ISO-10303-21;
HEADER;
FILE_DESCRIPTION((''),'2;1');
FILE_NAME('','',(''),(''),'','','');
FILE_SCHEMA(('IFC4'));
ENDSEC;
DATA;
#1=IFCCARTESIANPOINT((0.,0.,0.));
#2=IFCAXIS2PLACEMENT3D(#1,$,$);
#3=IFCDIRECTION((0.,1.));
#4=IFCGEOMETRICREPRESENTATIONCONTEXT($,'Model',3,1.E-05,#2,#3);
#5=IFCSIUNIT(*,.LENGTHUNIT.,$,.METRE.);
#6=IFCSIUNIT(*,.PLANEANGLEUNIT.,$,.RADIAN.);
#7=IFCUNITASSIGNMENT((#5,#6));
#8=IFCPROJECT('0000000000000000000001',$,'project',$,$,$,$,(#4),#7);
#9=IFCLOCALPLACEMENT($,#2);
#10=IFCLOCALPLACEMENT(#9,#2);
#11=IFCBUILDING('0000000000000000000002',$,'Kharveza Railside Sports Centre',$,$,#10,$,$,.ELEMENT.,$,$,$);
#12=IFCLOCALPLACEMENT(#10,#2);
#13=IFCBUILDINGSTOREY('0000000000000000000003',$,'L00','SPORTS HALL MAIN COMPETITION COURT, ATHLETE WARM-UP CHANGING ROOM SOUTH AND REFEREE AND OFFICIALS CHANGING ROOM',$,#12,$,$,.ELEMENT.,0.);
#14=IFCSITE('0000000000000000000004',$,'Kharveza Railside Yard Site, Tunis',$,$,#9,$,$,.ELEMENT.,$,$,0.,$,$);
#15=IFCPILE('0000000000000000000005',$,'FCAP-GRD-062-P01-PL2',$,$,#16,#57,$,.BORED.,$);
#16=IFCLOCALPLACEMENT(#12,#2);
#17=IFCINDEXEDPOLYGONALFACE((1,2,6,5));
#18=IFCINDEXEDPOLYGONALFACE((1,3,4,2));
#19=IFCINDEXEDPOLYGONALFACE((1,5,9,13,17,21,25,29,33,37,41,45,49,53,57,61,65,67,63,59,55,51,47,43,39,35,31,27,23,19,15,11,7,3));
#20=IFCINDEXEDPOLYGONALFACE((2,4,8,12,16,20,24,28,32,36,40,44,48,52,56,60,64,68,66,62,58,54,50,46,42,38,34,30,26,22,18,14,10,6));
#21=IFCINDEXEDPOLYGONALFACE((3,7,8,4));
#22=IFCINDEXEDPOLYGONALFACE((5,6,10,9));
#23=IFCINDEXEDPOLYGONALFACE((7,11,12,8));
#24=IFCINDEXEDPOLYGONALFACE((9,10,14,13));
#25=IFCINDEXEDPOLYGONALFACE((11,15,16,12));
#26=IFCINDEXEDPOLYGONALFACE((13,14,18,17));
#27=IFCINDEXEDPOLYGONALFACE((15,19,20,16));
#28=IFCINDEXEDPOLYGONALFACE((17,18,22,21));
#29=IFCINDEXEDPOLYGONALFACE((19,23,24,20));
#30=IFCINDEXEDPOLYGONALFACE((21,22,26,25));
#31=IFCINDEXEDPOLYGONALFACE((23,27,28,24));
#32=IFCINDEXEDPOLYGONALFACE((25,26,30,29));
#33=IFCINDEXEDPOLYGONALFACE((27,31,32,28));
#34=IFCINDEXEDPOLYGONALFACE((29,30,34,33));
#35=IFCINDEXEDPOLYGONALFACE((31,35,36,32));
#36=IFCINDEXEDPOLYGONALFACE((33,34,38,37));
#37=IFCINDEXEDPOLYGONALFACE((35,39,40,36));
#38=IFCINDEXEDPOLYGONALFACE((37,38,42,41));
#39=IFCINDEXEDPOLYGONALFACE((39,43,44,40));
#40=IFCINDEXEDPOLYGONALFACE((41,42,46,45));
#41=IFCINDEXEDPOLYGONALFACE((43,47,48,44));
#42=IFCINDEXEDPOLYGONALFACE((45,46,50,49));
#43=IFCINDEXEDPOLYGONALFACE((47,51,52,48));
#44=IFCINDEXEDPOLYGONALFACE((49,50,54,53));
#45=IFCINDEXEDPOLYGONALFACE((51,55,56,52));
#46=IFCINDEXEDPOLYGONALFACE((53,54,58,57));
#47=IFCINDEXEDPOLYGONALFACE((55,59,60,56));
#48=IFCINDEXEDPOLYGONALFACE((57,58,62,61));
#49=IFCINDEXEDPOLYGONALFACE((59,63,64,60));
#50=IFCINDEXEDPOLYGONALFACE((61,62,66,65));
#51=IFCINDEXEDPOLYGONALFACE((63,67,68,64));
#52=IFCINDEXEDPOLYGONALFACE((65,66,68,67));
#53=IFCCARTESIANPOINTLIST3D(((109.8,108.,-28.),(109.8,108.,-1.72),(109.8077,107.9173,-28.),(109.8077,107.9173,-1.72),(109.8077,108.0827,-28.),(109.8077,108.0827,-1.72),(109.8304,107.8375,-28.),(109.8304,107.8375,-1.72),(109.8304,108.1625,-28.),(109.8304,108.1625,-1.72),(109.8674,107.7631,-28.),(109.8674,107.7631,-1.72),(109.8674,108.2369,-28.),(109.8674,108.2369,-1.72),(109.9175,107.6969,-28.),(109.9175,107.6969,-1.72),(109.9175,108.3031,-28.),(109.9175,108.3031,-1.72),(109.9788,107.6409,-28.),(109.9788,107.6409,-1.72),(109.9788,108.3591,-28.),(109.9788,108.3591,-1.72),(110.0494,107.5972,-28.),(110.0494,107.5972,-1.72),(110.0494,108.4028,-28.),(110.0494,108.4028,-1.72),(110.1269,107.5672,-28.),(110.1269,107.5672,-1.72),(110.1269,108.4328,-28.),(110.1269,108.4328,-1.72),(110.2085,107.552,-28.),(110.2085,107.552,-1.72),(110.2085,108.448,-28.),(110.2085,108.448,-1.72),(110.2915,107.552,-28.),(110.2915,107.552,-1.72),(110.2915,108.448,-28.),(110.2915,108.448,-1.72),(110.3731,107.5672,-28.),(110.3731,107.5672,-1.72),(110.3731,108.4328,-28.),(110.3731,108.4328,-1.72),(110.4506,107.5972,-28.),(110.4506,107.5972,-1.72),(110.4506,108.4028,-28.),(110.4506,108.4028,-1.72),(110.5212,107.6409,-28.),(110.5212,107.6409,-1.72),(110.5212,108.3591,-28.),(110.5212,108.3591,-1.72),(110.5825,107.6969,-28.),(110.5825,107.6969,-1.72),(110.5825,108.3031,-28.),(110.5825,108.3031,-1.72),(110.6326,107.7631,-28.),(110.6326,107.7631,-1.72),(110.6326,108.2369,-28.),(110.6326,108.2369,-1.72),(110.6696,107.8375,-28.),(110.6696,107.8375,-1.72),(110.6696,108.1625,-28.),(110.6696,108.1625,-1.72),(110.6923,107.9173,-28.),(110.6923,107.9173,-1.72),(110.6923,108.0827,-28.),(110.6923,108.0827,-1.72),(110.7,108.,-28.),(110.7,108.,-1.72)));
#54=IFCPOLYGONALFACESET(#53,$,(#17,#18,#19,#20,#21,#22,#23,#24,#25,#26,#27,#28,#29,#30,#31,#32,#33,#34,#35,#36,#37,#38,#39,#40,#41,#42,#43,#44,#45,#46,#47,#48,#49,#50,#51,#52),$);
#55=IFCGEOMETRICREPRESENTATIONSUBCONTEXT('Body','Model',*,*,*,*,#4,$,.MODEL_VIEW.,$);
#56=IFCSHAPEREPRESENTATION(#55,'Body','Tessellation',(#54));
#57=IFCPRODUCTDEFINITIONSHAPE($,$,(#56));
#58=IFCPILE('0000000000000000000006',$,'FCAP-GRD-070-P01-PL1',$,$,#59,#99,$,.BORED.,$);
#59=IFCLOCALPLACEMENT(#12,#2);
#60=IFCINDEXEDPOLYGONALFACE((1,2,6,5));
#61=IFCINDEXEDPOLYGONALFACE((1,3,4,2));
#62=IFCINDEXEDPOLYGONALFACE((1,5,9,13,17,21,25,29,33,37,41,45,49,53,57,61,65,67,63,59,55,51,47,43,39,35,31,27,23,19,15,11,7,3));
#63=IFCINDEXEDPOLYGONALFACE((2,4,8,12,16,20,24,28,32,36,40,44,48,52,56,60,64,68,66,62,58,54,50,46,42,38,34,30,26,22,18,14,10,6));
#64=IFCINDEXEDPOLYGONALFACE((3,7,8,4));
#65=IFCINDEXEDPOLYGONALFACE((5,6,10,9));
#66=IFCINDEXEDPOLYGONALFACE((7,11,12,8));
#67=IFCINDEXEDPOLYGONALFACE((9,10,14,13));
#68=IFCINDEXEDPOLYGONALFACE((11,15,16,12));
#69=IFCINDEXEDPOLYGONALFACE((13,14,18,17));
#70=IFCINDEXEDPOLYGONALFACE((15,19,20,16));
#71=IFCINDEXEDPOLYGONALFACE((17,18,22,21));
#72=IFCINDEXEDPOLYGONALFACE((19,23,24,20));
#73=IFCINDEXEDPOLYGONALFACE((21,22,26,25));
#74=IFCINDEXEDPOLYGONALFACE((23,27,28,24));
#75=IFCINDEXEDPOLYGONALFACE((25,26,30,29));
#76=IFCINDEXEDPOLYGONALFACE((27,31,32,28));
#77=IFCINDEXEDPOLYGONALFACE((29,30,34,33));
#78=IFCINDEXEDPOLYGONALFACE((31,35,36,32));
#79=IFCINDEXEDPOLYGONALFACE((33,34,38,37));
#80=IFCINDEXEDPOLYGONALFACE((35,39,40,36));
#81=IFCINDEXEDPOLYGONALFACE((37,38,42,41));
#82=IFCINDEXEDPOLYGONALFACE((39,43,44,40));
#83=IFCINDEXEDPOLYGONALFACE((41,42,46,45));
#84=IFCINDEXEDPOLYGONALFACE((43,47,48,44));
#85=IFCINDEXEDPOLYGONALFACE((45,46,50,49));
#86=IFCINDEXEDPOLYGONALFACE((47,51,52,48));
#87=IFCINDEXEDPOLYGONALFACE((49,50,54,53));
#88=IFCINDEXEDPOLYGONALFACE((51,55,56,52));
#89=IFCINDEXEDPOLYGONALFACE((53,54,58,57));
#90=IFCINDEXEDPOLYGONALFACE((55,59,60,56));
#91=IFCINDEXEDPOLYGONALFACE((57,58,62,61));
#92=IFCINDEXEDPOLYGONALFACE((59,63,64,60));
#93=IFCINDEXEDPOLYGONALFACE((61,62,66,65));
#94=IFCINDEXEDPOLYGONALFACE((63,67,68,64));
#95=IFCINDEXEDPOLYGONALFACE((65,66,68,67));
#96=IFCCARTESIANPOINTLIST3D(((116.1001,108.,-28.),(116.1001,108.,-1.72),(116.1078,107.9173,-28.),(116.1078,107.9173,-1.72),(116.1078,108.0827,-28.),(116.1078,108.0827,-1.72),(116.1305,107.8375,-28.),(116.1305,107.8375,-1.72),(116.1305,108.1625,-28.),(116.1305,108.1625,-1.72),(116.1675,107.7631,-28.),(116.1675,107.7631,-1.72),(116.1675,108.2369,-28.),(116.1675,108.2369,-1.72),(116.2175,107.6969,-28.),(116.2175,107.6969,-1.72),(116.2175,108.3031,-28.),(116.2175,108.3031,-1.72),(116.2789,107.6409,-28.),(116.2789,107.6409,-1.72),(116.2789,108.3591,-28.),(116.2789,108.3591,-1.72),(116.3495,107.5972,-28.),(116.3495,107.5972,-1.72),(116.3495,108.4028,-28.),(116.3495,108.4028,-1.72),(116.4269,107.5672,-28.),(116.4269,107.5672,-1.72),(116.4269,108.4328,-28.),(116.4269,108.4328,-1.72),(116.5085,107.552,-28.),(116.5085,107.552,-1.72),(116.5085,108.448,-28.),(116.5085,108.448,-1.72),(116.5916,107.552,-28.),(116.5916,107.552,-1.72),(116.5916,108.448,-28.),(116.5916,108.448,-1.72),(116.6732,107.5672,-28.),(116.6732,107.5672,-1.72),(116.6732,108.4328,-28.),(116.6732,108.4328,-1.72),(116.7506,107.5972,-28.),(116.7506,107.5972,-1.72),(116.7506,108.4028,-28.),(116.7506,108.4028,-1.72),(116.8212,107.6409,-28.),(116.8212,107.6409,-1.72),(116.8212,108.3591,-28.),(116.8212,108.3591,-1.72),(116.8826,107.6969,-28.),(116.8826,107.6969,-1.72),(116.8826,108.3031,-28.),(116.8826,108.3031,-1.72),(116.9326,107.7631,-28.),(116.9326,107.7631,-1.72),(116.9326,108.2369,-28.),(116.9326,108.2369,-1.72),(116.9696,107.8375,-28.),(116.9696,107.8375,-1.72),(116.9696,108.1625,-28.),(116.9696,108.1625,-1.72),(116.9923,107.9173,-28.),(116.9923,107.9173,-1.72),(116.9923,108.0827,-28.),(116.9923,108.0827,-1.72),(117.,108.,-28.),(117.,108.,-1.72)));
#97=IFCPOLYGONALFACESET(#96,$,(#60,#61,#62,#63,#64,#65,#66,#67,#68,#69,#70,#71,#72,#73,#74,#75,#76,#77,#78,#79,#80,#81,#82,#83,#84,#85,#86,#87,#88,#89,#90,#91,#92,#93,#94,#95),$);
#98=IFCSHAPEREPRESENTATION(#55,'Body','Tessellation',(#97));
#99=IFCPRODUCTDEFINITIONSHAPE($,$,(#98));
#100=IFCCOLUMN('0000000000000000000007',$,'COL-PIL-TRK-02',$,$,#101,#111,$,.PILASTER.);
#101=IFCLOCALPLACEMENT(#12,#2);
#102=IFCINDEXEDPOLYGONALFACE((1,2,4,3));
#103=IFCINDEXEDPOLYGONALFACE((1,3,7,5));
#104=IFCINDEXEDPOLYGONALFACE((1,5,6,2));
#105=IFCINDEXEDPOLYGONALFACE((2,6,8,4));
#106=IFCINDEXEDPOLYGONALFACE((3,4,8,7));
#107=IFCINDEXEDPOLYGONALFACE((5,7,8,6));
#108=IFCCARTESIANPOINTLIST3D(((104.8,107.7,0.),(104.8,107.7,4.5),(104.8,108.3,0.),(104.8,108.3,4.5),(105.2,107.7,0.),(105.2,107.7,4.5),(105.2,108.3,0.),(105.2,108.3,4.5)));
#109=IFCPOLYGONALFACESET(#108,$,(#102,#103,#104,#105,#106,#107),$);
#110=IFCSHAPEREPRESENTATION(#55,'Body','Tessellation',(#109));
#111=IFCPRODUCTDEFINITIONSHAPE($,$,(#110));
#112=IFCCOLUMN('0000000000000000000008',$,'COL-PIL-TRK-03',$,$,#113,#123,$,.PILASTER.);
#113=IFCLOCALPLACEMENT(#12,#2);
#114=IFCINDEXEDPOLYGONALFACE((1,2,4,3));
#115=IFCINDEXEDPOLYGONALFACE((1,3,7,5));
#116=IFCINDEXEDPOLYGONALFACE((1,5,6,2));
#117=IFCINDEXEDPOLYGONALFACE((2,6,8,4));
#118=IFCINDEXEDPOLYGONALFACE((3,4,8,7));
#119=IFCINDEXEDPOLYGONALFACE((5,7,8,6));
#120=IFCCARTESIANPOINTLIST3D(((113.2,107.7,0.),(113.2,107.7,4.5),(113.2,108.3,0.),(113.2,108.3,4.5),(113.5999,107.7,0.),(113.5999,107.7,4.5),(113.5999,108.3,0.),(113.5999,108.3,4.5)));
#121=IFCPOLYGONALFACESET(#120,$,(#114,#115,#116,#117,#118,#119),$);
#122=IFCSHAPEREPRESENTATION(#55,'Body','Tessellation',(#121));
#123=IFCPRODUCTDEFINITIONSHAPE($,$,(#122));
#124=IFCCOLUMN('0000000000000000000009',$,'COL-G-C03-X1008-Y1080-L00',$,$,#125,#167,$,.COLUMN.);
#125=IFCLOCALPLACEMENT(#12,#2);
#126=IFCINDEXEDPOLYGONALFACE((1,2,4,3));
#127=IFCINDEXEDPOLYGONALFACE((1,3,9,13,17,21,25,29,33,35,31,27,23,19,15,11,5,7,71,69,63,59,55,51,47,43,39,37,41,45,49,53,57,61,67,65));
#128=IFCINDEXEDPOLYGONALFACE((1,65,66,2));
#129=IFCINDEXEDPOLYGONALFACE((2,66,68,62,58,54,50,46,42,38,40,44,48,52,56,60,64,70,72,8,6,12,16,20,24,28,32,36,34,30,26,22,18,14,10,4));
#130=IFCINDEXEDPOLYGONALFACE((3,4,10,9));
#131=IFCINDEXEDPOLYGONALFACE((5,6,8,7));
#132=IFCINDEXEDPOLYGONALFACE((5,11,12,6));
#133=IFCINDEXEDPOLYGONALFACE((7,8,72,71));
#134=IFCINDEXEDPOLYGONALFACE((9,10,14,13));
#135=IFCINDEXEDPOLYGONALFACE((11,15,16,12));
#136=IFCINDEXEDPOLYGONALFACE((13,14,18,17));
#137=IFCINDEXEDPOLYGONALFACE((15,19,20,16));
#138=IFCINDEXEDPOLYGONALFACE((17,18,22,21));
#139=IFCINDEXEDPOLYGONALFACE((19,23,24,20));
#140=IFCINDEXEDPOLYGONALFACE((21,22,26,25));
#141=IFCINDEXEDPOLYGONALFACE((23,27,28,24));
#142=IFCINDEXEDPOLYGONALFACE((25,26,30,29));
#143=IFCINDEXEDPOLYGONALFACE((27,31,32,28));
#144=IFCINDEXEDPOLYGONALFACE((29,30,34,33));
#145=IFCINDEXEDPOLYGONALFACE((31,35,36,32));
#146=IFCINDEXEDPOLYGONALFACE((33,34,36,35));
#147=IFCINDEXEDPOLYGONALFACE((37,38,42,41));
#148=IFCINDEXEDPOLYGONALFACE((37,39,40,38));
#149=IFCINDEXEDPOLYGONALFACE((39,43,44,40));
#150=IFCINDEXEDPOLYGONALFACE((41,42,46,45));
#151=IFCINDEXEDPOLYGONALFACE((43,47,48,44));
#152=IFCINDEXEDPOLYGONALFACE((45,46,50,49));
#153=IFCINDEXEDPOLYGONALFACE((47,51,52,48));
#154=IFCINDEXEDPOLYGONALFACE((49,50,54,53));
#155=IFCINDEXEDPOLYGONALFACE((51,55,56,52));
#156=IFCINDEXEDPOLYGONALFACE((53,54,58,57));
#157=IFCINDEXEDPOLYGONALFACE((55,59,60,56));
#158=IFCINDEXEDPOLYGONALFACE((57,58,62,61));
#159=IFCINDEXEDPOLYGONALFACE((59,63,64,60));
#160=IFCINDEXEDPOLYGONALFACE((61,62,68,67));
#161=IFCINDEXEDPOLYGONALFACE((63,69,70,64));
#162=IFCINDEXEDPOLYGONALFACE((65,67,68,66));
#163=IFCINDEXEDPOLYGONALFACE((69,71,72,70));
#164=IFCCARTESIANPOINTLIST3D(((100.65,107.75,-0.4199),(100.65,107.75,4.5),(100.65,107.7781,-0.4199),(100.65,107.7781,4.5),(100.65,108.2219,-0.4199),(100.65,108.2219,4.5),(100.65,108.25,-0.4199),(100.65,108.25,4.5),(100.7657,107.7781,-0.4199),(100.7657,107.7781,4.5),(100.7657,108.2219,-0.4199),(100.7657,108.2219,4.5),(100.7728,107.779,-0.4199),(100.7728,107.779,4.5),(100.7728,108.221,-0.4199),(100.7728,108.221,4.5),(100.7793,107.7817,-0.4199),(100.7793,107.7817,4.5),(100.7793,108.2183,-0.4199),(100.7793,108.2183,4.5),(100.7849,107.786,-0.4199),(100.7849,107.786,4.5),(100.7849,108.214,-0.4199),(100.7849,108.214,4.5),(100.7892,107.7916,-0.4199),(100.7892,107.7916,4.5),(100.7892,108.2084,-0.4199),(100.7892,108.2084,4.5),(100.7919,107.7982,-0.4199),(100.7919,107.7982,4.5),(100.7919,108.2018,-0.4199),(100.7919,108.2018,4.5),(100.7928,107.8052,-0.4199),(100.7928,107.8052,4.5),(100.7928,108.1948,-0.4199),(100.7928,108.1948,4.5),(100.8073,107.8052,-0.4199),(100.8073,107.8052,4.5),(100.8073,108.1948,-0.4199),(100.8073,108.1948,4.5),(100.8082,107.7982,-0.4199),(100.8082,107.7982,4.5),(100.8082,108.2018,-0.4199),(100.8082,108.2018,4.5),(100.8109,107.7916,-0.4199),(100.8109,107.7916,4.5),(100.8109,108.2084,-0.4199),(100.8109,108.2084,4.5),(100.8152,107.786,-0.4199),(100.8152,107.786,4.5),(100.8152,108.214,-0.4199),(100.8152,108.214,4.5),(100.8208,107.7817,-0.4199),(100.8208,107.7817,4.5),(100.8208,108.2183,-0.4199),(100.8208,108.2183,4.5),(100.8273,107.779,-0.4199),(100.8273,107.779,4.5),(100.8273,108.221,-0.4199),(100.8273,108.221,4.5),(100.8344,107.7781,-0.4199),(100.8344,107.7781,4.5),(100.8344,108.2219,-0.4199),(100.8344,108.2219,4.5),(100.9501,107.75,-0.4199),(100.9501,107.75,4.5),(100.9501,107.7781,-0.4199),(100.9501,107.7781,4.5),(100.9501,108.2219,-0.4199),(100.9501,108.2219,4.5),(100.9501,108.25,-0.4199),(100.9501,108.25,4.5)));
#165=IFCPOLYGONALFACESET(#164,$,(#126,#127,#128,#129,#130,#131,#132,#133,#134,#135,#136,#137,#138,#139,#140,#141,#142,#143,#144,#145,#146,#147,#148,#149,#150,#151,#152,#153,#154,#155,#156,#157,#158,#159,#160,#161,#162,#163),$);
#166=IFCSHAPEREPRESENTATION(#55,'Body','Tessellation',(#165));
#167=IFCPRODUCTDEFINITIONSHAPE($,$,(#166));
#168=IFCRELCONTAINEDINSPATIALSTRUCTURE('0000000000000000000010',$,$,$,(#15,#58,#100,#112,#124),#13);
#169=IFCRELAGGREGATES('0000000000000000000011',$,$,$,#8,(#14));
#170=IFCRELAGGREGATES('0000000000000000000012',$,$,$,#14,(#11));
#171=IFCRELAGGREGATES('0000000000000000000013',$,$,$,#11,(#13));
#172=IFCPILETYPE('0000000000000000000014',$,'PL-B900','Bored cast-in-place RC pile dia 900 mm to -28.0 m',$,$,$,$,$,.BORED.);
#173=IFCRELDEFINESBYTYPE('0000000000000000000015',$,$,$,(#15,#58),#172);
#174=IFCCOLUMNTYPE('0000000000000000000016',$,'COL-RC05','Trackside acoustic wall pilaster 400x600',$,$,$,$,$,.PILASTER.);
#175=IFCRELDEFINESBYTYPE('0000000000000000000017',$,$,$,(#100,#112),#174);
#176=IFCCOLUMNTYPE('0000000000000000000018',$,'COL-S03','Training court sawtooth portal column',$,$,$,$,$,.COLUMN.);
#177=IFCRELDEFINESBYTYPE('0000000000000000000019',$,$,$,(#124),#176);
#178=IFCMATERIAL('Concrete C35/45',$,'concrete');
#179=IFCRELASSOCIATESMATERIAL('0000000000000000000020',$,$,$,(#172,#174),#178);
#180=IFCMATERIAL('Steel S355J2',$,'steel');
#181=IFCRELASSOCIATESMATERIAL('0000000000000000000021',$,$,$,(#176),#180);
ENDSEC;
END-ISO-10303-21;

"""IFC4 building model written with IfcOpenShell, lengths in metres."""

from ifc_helpers import new_model, si_unit, direction, frame, origin, origin_2d, place, context, subcontext, project, spatial, rectangle, circle, i_section, extrude, material, material_profile, profile_set, type_object, element, save


model = new_model("IFC4")

# Units and contexts
model_context = context("Model", 3, precision=1e-05, world=origin(), true_north=direction((0.0, 1.0)))
body_context = subcontext(model_context, "Body", "Model", "MODEL_VIEW")
ifc_project = project(units=[si_unit("LENGTHUNIT", "METRE"), si_unit("PLANEANGLEUNIT", "RADIAN")], contexts=[model_context])

# Site, building, storey
site_placement = place(None, origin())
site = spatial("IfcSite", under=ifc_project, at=site_placement, Name="Kharveza Railside Yard Site, Tunis", CompositionType="ELEMENT", RefElevation=0.0)
building_placement = place(site_placement, origin())
building = spatial("IfcBuilding", under=site, at=building_placement, Name="Kharveza Railside Sports Centre", CompositionType="ELEMENT")
storey_placement = place(building_placement, origin())
storey = spatial("IfcBuildingStorey", under=building, at=storey_placement, Name="L00", Description="SPORTS HALL MAIN COMPETITION COURT, ATHLETE WARM-UP CHANGING ROOM SOUTH AND REFEREE AND OFFICIALS CHANGING ROOM", CompositionType="ELEMENT", Elevation=0.0)

# Shared definitions
ifc_material_1 = material(Name="Concrete C35/45", Category="concrete")

# Piles
ifc_material_profile_1 = material_profile(ifc_material_1, circle(Radius=0.45, at=origin_2d()), Name="PILE D900")
ifc_profile_set_1 = profile_set([ifc_material_profile_1], Name="Concrete C35/45")
pile_type = type_object("IfcPileType", Name="PL-B900", Description="Bored cast-in-place RC pile dia 900 mm to -28.0 m", PredefinedType="BORED", material=ifc_profile_set_1)
for number, where, z_axis, x_axis, name in (
    (1, (110.25, 108.0, -1.72), (0.0, 0.0, -1.0), (1.0, 0.0, 0.0), "FCAP-GRD-062-P01-PL2"),
    (2, (116.55, 108.0, -1.72), (0.0, 0.0, -1.0), (1.0, 0.0, 0.0), "FCAP-GRD-070-P01-PL1"),
):
    element("IfcPile", number, at=place(storey_placement, frame(where, z_axis=z_axis, x_axis=x_axis)), inside=storey, type_object=pile_type, Name=name, PredefinedType="BORED", context=body_context, shape_type="SweptSolid", body=[
        extrude(circle(Radius=0.45, at=origin_2d()), origin(), (0.0, 0.0, 1.0), 26.28),
    ])

# Columns
ifc_material_profile_2 = material_profile(ifc_material_1, rectangle(XDim=0.3999, YDim=0.6001, at=origin_2d()), Name="RC 400x600")
ifc_profile_set_2 = profile_set([ifc_material_profile_2], Name="Concrete C35/45")
column_type_1 = type_object("IfcColumnType", Name="COL-RC05", Description="Trackside acoustic wall pilaster 400x600", PredefinedType="PILASTER", material=ifc_profile_set_2)
for number, where, z_axis, x_axis, name in (
    (3, (105.0, 108.0, 0.0), (0.0, 0.0, 1.0), (1.0, 0.0, 0.0), "COL-PIL-TRK-02"),
    (4, (113.3999, 108.0, 0.0), (0.0, 0.0, 1.0), (1.0, 0.0, 0.0), "COL-PIL-TRK-03"),
):
    element("IfcColumn", number, at=place(storey_placement, frame(where, z_axis=z_axis, x_axis=x_axis)), inside=storey, type_object=column_type_1, Name=name, PredefinedType="PILASTER", context=body_context, shape_type="SweptSolid", body=[
        extrude(rectangle(XDim=0.3999, YDim=0.6001, at=origin_2d()), origin(), (0.0, 0.0, 1.0), 4.5),
    ])
ifc_material_2 = material(Name="Steel S355J2", Category="steel")
ifc_material_profile_3 = material_profile(ifc_material_2, i_section(OverallWidth=0.3, OverallDepth=0.5, WebThickness=0.0144, FlangeThickness=0.0281, FilletRadius=0.0271, at=origin_2d()), Name="HEB 500")
ifc_profile_set_3 = profile_set([ifc_material_profile_3], Name="Steel S355J2")
column_type_2 = type_object("IfcColumnType", Name="COL-S03", Description="Training court sawtooth portal column", PredefinedType="COLUMN", material=ifc_profile_set_3)
for number, where, z_axis, x_axis, name in (
    (5, (100.8, 108.0, -0.4199), (0.0, 0.0, 1.0), (1.0, 0.0, 0.0), "COL-G-C03-X1008-Y1080-L00"),
):
    element("IfcColumn", number, at=place(storey_placement, frame(where, z_axis=z_axis, x_axis=x_axis)), inside=storey, type_object=column_type_2, Name=name, PredefinedType="COLUMN", context=body_context, shape_type="SweptSolid", body=[
        extrude(i_section(OverallWidth=0.3, OverallDepth=0.5, WebThickness=0.0144, FlangeThickness=0.0281, FilletRadius=0.0271, at=origin_2d()), origin(), (0.0, 0.0, 1.0), 4.9199),
    ])

save(model, "model.ifc")
